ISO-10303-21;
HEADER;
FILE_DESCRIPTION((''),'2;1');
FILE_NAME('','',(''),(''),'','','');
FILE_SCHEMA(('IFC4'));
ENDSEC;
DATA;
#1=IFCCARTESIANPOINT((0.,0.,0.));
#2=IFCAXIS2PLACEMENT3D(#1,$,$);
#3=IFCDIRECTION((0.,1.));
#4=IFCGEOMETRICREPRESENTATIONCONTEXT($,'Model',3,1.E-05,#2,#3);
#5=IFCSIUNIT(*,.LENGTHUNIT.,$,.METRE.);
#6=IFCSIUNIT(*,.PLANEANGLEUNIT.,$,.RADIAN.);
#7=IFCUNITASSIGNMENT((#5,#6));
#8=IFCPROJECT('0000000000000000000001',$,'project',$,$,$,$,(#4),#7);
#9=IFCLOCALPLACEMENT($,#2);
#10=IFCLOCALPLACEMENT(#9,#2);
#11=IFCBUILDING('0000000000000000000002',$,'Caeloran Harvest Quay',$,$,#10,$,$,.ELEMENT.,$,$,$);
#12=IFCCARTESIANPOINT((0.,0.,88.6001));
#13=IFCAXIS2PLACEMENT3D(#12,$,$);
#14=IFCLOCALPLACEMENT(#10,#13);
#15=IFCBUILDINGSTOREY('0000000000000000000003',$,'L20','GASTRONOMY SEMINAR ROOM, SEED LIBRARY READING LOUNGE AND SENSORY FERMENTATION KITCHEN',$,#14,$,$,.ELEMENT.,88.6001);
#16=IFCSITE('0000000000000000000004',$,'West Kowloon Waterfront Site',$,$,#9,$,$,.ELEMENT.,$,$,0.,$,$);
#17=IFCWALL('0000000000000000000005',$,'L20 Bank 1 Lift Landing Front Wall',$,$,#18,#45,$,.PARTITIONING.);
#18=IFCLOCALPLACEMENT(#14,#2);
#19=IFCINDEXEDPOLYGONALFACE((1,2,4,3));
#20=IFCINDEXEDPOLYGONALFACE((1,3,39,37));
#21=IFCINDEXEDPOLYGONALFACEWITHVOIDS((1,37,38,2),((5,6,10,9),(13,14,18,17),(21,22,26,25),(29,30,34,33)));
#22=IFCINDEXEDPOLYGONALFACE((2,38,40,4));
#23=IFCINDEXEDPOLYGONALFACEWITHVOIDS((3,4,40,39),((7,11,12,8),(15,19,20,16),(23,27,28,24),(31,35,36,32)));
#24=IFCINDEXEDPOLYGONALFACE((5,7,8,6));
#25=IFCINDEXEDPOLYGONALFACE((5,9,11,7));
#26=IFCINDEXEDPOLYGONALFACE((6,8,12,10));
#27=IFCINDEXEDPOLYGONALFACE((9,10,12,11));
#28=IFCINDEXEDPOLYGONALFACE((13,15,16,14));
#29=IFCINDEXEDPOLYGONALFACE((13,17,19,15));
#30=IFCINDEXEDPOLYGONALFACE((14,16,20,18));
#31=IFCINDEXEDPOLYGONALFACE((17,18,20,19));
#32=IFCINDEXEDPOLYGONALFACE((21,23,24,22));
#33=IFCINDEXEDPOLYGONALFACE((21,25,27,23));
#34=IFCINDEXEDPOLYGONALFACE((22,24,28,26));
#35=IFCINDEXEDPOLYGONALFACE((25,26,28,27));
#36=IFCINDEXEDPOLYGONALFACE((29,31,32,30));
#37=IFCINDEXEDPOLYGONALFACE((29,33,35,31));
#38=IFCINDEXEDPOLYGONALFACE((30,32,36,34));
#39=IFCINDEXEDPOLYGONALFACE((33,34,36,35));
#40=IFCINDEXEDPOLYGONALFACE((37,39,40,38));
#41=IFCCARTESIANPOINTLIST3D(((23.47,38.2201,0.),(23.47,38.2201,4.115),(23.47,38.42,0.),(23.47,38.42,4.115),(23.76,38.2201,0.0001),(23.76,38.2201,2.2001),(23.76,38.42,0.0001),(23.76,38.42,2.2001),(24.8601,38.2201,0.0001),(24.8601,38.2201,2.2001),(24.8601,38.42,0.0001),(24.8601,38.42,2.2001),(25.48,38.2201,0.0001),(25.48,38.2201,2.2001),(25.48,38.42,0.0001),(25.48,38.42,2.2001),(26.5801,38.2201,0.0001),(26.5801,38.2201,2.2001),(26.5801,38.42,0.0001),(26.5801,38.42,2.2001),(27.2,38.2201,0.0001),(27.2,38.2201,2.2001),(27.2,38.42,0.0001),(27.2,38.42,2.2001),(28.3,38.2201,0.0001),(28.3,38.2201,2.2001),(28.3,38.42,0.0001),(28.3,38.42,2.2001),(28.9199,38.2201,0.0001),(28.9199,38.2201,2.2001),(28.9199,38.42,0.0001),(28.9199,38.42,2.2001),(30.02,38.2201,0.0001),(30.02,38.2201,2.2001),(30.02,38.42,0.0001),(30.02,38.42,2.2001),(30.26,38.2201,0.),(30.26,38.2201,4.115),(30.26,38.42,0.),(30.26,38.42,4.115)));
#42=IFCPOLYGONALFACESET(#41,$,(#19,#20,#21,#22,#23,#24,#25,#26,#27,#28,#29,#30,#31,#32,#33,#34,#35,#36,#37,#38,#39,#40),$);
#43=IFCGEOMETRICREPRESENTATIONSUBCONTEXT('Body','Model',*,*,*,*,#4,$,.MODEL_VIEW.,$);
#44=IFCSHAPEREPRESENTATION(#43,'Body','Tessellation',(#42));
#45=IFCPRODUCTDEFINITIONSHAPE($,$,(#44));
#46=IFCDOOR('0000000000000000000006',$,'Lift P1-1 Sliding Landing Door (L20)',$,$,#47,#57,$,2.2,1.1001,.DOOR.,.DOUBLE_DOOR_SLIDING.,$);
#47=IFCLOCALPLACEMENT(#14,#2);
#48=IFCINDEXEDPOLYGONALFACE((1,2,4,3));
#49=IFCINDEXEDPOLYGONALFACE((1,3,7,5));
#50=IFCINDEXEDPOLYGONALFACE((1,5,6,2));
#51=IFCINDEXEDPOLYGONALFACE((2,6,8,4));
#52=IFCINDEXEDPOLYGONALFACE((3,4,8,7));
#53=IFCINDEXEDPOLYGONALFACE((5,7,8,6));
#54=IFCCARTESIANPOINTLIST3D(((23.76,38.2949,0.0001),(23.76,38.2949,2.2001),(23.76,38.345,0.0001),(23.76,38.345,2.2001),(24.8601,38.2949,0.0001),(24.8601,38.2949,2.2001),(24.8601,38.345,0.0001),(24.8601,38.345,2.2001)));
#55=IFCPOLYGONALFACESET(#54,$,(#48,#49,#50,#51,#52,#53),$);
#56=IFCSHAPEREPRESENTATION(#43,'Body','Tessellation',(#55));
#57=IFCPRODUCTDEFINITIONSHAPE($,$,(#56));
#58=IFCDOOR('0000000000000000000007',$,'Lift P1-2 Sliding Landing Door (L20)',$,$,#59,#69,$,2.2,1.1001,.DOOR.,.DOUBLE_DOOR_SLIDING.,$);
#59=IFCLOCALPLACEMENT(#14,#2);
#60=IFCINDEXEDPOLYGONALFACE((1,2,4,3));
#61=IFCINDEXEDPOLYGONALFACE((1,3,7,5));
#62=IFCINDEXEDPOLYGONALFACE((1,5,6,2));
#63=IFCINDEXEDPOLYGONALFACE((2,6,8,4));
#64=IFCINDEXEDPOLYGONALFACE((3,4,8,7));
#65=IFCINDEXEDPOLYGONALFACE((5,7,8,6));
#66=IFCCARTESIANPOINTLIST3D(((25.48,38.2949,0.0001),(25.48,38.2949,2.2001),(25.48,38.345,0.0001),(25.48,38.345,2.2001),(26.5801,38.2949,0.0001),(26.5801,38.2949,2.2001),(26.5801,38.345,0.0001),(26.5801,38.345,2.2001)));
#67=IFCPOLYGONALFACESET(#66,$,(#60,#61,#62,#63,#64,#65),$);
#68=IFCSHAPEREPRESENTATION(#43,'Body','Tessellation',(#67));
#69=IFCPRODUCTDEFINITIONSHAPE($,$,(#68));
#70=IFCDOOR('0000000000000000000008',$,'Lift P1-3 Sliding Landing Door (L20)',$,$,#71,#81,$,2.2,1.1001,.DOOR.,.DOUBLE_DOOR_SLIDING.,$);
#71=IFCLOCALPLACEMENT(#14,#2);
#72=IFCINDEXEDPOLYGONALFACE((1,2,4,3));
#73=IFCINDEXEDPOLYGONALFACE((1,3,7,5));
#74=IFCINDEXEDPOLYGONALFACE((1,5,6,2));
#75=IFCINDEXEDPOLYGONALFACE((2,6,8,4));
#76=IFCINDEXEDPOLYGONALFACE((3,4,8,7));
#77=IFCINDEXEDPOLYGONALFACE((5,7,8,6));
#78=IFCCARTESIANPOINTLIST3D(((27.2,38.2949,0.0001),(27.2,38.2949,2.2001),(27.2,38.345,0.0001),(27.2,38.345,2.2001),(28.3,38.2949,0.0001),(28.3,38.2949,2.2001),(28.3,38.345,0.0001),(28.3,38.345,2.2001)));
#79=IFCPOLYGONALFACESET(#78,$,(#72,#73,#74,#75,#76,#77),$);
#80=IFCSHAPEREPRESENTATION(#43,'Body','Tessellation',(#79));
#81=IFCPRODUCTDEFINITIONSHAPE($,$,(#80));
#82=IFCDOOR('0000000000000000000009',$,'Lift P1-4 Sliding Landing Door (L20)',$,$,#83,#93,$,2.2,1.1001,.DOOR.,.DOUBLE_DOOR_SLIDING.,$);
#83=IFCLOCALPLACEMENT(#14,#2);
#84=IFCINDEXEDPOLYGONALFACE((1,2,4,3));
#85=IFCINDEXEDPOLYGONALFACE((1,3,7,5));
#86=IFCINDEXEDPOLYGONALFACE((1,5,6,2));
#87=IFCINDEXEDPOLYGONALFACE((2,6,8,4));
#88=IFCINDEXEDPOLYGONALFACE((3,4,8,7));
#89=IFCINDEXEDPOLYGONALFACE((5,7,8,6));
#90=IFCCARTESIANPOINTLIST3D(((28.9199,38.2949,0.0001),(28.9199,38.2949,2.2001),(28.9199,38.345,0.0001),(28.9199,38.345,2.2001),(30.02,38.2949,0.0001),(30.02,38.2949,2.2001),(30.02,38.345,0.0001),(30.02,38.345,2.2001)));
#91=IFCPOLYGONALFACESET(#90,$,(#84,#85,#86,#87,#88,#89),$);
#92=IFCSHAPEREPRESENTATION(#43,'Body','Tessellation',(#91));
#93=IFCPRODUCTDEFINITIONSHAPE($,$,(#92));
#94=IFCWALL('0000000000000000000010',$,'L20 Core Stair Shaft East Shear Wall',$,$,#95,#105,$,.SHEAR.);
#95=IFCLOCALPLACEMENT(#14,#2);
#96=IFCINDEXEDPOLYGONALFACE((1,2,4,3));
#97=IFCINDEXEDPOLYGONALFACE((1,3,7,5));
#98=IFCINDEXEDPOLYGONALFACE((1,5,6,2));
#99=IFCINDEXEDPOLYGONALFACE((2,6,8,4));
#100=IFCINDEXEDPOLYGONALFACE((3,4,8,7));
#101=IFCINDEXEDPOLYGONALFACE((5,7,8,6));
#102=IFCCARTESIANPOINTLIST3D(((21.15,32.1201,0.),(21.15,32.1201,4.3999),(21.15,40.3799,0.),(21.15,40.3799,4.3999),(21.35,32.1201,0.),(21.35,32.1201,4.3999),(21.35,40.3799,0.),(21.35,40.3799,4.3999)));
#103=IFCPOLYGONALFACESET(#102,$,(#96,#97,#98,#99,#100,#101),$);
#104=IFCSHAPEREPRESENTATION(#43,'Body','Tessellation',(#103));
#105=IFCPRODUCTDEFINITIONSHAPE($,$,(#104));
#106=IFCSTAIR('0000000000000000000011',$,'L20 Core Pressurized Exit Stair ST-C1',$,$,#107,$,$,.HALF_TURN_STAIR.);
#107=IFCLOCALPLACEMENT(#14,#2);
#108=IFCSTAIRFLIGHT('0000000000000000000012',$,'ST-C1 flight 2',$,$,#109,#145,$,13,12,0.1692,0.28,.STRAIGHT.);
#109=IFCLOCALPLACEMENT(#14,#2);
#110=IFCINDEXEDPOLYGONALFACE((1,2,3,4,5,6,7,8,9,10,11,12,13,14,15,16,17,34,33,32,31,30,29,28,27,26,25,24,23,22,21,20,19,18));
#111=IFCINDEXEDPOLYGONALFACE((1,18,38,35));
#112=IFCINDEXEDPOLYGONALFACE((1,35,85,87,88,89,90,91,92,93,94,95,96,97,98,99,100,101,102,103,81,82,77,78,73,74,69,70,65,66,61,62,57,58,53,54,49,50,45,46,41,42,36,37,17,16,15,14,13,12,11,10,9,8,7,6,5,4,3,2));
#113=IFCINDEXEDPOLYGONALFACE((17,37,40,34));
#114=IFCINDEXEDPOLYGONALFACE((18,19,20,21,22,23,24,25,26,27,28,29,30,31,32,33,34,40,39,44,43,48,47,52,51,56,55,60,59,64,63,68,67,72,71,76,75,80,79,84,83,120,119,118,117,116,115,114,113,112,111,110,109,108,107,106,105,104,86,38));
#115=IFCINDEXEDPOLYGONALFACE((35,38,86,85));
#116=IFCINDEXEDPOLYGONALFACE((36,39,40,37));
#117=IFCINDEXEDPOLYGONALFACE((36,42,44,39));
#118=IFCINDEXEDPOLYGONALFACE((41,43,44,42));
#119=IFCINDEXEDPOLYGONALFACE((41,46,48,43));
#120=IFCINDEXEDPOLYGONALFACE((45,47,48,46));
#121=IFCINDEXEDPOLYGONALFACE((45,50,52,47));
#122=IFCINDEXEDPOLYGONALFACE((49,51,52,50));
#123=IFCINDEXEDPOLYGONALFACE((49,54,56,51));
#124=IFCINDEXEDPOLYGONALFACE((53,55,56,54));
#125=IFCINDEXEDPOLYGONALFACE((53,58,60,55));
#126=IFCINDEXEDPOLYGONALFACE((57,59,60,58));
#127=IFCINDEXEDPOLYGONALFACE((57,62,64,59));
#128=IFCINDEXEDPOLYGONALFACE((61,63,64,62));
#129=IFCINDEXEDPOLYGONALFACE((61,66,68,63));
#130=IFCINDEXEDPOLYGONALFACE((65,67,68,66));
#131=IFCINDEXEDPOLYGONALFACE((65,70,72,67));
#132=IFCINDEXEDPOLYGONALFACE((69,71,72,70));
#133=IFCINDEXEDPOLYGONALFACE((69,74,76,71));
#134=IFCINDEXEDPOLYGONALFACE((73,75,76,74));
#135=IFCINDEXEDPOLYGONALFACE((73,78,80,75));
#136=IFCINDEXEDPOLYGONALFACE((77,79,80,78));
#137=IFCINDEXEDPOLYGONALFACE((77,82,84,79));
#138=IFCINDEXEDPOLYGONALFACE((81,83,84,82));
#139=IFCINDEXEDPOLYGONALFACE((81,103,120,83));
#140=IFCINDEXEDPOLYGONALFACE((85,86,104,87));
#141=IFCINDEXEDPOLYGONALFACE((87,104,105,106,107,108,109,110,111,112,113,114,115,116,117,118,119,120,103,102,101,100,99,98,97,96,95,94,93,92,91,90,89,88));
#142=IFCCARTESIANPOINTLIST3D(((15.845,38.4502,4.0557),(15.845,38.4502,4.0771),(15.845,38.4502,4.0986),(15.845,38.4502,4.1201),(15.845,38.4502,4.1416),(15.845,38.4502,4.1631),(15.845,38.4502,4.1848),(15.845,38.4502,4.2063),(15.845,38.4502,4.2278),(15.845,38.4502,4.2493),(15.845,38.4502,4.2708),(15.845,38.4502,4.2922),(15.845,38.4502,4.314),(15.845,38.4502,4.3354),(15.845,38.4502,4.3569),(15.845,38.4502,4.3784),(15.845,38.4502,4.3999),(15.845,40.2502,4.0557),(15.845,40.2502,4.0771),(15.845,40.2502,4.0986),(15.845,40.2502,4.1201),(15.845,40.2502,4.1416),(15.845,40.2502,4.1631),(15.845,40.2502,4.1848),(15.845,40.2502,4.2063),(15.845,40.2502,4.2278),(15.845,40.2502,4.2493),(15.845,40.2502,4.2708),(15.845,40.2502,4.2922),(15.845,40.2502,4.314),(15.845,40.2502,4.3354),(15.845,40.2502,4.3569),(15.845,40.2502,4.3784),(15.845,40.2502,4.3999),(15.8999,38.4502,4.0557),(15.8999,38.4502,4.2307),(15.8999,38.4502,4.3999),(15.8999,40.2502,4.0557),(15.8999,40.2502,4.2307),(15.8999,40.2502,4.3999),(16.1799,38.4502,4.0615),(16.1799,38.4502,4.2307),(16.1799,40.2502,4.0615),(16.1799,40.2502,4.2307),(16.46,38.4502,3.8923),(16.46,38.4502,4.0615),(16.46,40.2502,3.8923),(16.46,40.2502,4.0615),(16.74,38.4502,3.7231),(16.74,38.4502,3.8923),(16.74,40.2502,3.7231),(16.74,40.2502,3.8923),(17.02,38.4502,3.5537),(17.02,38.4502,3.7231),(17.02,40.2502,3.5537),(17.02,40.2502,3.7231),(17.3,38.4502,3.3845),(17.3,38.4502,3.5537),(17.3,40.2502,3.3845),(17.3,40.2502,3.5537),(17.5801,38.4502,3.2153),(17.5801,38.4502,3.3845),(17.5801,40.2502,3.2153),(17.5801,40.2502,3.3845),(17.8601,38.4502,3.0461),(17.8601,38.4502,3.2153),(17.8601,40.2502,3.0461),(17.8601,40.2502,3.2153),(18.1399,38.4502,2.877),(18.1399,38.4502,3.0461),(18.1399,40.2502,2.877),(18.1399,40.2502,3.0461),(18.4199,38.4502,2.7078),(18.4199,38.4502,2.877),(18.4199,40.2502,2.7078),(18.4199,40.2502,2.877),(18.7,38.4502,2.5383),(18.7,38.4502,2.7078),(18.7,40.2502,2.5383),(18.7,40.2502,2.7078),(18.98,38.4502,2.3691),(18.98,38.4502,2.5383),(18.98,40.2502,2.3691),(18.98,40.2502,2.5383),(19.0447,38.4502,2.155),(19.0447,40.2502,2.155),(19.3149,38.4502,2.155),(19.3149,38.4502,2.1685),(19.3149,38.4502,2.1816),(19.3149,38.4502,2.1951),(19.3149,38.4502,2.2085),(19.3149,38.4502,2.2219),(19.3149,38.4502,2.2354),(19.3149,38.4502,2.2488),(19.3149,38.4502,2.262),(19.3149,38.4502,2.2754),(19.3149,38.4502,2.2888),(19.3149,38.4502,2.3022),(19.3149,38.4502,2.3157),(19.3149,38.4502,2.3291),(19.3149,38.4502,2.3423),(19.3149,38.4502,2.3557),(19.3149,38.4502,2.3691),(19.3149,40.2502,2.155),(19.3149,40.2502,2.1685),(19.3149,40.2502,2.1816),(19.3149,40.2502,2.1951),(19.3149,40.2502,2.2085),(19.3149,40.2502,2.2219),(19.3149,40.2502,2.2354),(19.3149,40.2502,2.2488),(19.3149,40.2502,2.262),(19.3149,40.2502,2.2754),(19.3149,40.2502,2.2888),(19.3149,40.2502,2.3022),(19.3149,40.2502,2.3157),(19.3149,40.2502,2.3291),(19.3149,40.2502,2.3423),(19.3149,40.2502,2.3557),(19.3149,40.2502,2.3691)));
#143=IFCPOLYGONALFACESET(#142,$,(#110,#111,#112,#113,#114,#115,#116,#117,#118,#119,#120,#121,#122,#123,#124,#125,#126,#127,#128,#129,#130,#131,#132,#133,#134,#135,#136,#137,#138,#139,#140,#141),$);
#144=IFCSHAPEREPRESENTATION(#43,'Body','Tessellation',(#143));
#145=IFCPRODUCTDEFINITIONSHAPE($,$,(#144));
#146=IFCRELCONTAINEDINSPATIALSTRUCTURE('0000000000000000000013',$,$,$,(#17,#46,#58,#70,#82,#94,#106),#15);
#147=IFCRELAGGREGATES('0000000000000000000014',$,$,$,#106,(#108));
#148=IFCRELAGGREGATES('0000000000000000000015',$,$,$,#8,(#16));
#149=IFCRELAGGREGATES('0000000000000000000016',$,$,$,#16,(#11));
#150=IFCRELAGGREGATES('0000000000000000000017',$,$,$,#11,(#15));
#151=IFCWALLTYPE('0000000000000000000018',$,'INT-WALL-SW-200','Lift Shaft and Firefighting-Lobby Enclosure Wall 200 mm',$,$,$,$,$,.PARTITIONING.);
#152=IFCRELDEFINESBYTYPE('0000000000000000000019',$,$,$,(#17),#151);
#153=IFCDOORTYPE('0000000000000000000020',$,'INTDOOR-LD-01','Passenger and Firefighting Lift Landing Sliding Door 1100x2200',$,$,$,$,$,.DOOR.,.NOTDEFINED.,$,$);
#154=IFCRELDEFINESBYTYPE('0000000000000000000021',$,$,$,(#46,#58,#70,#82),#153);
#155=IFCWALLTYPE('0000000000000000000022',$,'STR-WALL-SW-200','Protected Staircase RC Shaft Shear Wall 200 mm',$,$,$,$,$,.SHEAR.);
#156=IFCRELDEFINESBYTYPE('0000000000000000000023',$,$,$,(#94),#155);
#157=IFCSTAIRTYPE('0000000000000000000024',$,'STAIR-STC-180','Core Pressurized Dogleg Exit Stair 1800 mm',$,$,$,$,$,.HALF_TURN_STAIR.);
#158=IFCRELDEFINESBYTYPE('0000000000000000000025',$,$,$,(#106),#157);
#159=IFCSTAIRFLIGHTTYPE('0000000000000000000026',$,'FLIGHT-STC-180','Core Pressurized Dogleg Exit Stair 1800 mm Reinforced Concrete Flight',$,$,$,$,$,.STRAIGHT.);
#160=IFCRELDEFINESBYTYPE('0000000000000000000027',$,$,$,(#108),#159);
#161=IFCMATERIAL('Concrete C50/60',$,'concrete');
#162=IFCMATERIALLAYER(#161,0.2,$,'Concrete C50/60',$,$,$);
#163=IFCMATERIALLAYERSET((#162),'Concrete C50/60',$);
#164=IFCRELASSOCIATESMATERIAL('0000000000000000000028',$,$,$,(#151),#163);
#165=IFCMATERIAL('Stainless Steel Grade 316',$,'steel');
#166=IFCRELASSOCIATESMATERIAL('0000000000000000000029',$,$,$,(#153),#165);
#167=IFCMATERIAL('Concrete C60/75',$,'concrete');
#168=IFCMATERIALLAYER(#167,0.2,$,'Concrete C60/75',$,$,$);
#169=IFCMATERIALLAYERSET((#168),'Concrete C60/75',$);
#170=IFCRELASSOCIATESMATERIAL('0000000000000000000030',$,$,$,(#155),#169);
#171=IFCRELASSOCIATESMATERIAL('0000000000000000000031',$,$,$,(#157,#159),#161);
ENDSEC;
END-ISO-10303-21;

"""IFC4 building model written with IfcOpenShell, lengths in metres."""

from ifc_helpers import new_model, si_unit, direction, frame, frame_2d, origin, place, context, subcontext, project, spatial, polyline, rectangle, outline, extrude, material, layer, layer_set, type_object, element, fill, aggregate, save


model = new_model("IFC4")

# Units and contexts
model_context = context("Model", 3, precision=1e-05, world=origin(), true_north=direction((0.0, 1.0)))
body_context = subcontext(model_context, "Body", "Model", "MODEL_VIEW")
ifc_project = project(units=[si_unit("LENGTHUNIT", "METRE"), si_unit("PLANEANGLEUNIT", "RADIAN")], contexts=[model_context])

# Site, building, storey
site_placement = place(None, origin())
site = spatial("IfcSite", under=ifc_project, at=site_placement, Name="West Kowloon Waterfront Site", CompositionType="ELEMENT", RefElevation=0.0)
building_placement = place(site_placement, origin())
building = spatial("IfcBuilding", under=site, at=building_placement, Name="Caeloran Harvest Quay", CompositionType="ELEMENT")
storey_placement = place(building_placement, frame((0.0, 0.0, 88.6001)))
storey = spatial("IfcBuildingStorey", under=building, at=storey_placement, Name="L20", Description="GASTRONOMY SEMINAR ROOM, SEED LIBRARY READING LOUNGE AND SENSORY FERMENTATION KITCHEN", CompositionType="ELEMENT", Elevation=88.6001)

# Shared definitions
ifc_material_1 = material(Name="Concrete C50/60", Category="concrete")
ifc_layer_1 = layer(ifc_material_1, 0.2, Name="Concrete C50/60")
ifc_layer_set_1 = layer_set([ifc_layer_1], Name="Concrete C50/60")
wall_type_1 = type_object("IfcWallType", Name="INT-WALL-SW-200", Description="Lift Shaft and Firefighting-Lobby Enclosure Wall 200 mm", PredefinedType="PARTITIONING", material=ifc_layer_set_1)
ifc_material_2 = material(Name="Stainless Steel Grade 316", Category="steel")

# Wall, openings, doors
wall_1_placement = place(storey_placement, frame((23.47, 38.3201, 0.0), z_axis=(0.0, 0.0, 1.0), x_axis=(1.0, 0.0, 0.0)))
wall_1 = element("IfcWall", 1, at=wall_1_placement, inside=storey, type_object=wall_type_1, Name="L20 Bank 1 Lift Landing Front Wall", PredefinedType="PARTITIONING", context=body_context, shape_type="SweptSolid", body=[
    extrude(rectangle(XDim=6.79, YDim=0.2, at=frame_2d((3.395, 0.0))), origin(), (0.0, 0.0, 1.0), 4.115),
])
opening_1_placement = place(wall_1_placement, frame((0.29, 0.0, 0.0)))
opening_1 = element("IfcOpeningElement", 2, at=opening_1_placement, cuts=wall_1, PredefinedType="OPENING", context=body_context, shape_type="SweptSolid", body=[
    extrude(rectangle(XDim=1.1001, YDim=2.2, at=frame_2d((0.55, 1.1001))), frame((0.0, 0.1099, 0.0), z_axis=(0.0, -1.0, 0.0), x_axis=(1.0, 0.0, 0.0)), (0.0, 0.0, 1.0), 0.22),
])
opening_2_placement = place(wall_1_placement, frame((2.01, 0.0, 0.0)))
opening_2 = element("IfcOpeningElement", 3, at=opening_2_placement, cuts=wall_1, PredefinedType="OPENING", context=body_context, shape_type="SweptSolid", body=[
    extrude(rectangle(XDim=1.1001, YDim=2.2, at=frame_2d((0.55, 1.1001))), frame((0.0, 0.1099, 0.0), z_axis=(0.0, -1.0, 0.0), x_axis=(1.0, 0.0, 0.0)), (0.0, 0.0, 1.0), 0.22),
])
opening_3_placement = place(wall_1_placement, frame((3.73, 0.0, 0.0)))
opening_3 = element("IfcOpeningElement", 4, at=opening_3_placement, cuts=wall_1, PredefinedType="OPENING", context=body_context, shape_type="SweptSolid", body=[
    extrude(rectangle(XDim=1.1001, YDim=2.2, at=frame_2d((0.55, 1.1001))), frame((0.0, 0.1099, 0.0), z_axis=(0.0, -1.0, 0.0), x_axis=(1.0, 0.0, 0.0)), (0.0, 0.0, 1.0), 0.22),
])
opening_4_placement = place(wall_1_placement, frame((5.45, 0.0, 0.0)))
opening_4 = element("IfcOpeningElement", 5, at=opening_4_placement, cuts=wall_1, PredefinedType="OPENING", context=body_context, shape_type="SweptSolid", body=[
    extrude(rectangle(XDim=1.1001, YDim=2.2, at=frame_2d((0.55, 1.1001))), frame((0.0, 0.1099, 0.0), z_axis=(0.0, -1.0, 0.0), x_axis=(1.0, 0.0, 0.0)), (0.0, 0.0, 1.0), 0.22),
])
door_type_1 = type_object("IfcDoorType", Name="INTDOOR-LD-01", Description="Passenger and Firefighting Lift Landing Sliding Door 1100x2200", OperationType="NOTDEFINED", PredefinedType="DOOR", material=ifc_material_2)
door_1_placement = place(opening_1_placement, origin())
door_1 = element("IfcDoor", 6, at=door_1_placement, inside=storey, type_object=door_type_1, Name="Lift P1-1 Sliding Landing Door (L20)", OperationType="DOUBLE_DOOR_SLIDING", OverallHeight=2.2, OverallWidth=1.1001, PredefinedType="DOOR", context=body_context, shape_type="SweptSolid", body=[
    extrude(rectangle(XDim=1.1001, YDim=2.2, at=frame_2d((0.55, 1.1001))), frame((0.0, 0.0249, 0.0), z_axis=(0.0, -1.0, 0.0), x_axis=(1.0, 0.0, 0.0)), (0.0, 0.0, 1.0), 0.05),
])
fill(opening_1, door_1)
door_2_placement = place(opening_2_placement, origin())
door_2 = element("IfcDoor", 7, at=door_2_placement, inside=storey, type_object=door_type_1, Name="Lift P1-2 Sliding Landing Door (L20)", OperationType="DOUBLE_DOOR_SLIDING", OverallHeight=2.2, OverallWidth=1.1001, PredefinedType="DOOR", context=body_context, shape_type="SweptSolid", body=[
    extrude(rectangle(XDim=1.1001, YDim=2.2, at=frame_2d((0.55, 1.1001))), frame((0.0, 0.0249, 0.0), z_axis=(0.0, -1.0, 0.0), x_axis=(1.0, 0.0, 0.0)), (0.0, 0.0, 1.0), 0.05),
])
fill(opening_2, door_2)
door_3_placement = place(opening_3_placement, origin())
door_3 = element("IfcDoor", 8, at=door_3_placement, inside=storey, type_object=door_type_1, Name="Lift P1-3 Sliding Landing Door (L20)", OperationType="DOUBLE_DOOR_SLIDING", OverallHeight=2.2, OverallWidth=1.1001, PredefinedType="DOOR", context=body_context, shape_type="SweptSolid", body=[
    extrude(rectangle(XDim=1.1001, YDim=2.2, at=frame_2d((0.55, 1.1001))), frame((0.0, 0.0249, 0.0), z_axis=(0.0, -1.0, 0.0), x_axis=(1.0, 0.0, 0.0)), (0.0, 0.0, 1.0), 0.05),
])
fill(opening_3, door_3)
door_4_placement = place(opening_4_placement, origin())
door_4 = element("IfcDoor", 9, at=door_4_placement, inside=storey, type_object=door_type_1, Name="Lift P1-4 Sliding Landing Door (L20)", OperationType="DOUBLE_DOOR_SLIDING", OverallHeight=2.2, OverallWidth=1.1001, PredefinedType="DOOR", context=body_context, shape_type="SweptSolid", body=[
    extrude(rectangle(XDim=1.1001, YDim=2.2, at=frame_2d((0.55, 1.1001))), frame((0.0, 0.0249, 0.0), z_axis=(0.0, -1.0, 0.0), x_axis=(1.0, 0.0, 0.0)), (0.0, 0.0, 1.0), 0.05),
])
fill(opening_4, door_4)

# Wall
ifc_material_3 = material(Name="Concrete C60/75", Category="concrete")
ifc_layer_2 = layer(ifc_material_3, 0.2, Name="Concrete C60/75")
ifc_layer_set_2 = layer_set([ifc_layer_2], Name="Concrete C60/75")
wall_type_2 = type_object("IfcWallType", Name="STR-WALL-SW-200", Description="Protected Staircase RC Shaft Shear Wall 200 mm", PredefinedType="SHEAR", material=ifc_layer_set_2)
wall_2_placement = place(storey_placement, frame((21.25, 32.1201, 0.0), z_axis=(0.0, 0.0, 1.0), x_axis=(0.0, 1.0, 0.0)))
element("IfcWall", 10, at=wall_2_placement, inside=storey, type_object=wall_type_2, Name="L20 Core Stair Shaft East Shear Wall", PredefinedType="SHEAR", context=body_context, shape_type="SweptSolid", body=[
    extrude(rectangle(XDim=8.2598, YDim=0.2, at=frame_2d((4.1299, 0.0))), origin(), (0.0, 0.0, 1.0), 4.3999),
])

# Stair, stair flight
stair_type = type_object("IfcStairType", Name="STAIR-STC-180", Description="Core Pressurized Dogleg Exit Stair 1800 mm", PredefinedType="HALF_TURN_STAIR", material=ifc_material_1)
stair_1_placement = place(storey_placement, origin())
stair_1 = element("IfcStair", 11, at=stair_1_placement, inside=storey, type_object=stair_type, Name="L20 Core Pressurized Exit Stair ST-C1", PredefinedType="HALF_TURN_STAIR")
stair_flight_type = type_object("IfcStairFlightType", Name="FLIGHT-STC-180", Description="Core Pressurized Dogleg Exit Stair 1800 mm Reinforced Concrete Flight", PredefinedType="STRAIGHT", material=ifc_material_1)
stair_flight_1_placement = place(storey_placement, frame((19.26, 39.3501, 2.2), z_axis=(0.0, 0.0, 1.0), x_axis=(-1.0, 0.0, 0.0)))
stair_flight_1 = element("IfcStairFlight", 12, at=stair_flight_1_placement, type_object=stair_flight_type, Name="ST-C1 flight 2", NumberOfRisers=13, NumberOfTreads=12, PredefinedType="STRAIGHT", RiserHeight=0.1692, TreadLength=0.28, context=body_context, shape_type="SweptSolid", body=[
    extrude(outline(polyline([(-0.0549, -0.0449), (-0.0549, -0.0315), (-0.0549, -0.0183), (-0.0549, -0.0049), (-0.0549, 0.0085), (-0.0549, 0.022), (-0.0549, 0.0354), (-0.0549, 0.0488), (-0.0549, 0.062), (-0.0549, 0.0754), (-0.0549, 0.0889), (-0.0549, 0.1023), (-0.0549, 0.1157), (-0.0549, 0.1292), (-0.0549, 0.1423), (-0.0549, 0.1558), (-0.0549, 0.1692), (0.28, 0.1692), (0.28, 0.3384), (0.5601, 0.3384), (0.5601, 0.5078), (0.8401, 0.5078), (0.8401, 0.677), (1.1201, 0.677), (1.1201, 0.8462), (1.3999, 0.8462), (1.3999, 1.0154), (1.6799, 1.0154), (1.6799, 1.1846), (1.96, 1.1846), (1.96, 1.3538), (2.24, 1.3538), (2.24, 1.5232), (2.52, 1.5232), (2.52, 1.6924), (2.8, 1.6924), (2.8, 1.8616), (3.0801, 1.8616), (3.0801, 2.0308), (3.3601, 2.0308), (3.3601, 2.2), (3.415, 2.2), (3.415, 2.1785), (3.415, 2.157), (3.415, 2.1355), (3.415, 2.114), (3.415, 2.0923), (3.415, 2.0708), (3.415, 2.0493), (3.415, 2.0278), (3.415, 2.0063), (3.415, 1.9849), (3.415, 1.9631), (3.415, 1.9417), (3.415, 1.9202), (3.415, 1.8987), (3.415, 1.8772), (3.415, 1.8557), (3.3601, 1.8557), (0.2153, -0.0449), (-0.0549, -0.0449)])), frame((0.0, 0.8999, 0.0), z_axis=(0.0, -1.0, 0.0), x_axis=(1.0, 0.0, 0.0)), (0.0, 0.0, 1.0), 1.8),
])
aggregate(stair_1, [stair_flight_1])

save(model, "model.ifc")
